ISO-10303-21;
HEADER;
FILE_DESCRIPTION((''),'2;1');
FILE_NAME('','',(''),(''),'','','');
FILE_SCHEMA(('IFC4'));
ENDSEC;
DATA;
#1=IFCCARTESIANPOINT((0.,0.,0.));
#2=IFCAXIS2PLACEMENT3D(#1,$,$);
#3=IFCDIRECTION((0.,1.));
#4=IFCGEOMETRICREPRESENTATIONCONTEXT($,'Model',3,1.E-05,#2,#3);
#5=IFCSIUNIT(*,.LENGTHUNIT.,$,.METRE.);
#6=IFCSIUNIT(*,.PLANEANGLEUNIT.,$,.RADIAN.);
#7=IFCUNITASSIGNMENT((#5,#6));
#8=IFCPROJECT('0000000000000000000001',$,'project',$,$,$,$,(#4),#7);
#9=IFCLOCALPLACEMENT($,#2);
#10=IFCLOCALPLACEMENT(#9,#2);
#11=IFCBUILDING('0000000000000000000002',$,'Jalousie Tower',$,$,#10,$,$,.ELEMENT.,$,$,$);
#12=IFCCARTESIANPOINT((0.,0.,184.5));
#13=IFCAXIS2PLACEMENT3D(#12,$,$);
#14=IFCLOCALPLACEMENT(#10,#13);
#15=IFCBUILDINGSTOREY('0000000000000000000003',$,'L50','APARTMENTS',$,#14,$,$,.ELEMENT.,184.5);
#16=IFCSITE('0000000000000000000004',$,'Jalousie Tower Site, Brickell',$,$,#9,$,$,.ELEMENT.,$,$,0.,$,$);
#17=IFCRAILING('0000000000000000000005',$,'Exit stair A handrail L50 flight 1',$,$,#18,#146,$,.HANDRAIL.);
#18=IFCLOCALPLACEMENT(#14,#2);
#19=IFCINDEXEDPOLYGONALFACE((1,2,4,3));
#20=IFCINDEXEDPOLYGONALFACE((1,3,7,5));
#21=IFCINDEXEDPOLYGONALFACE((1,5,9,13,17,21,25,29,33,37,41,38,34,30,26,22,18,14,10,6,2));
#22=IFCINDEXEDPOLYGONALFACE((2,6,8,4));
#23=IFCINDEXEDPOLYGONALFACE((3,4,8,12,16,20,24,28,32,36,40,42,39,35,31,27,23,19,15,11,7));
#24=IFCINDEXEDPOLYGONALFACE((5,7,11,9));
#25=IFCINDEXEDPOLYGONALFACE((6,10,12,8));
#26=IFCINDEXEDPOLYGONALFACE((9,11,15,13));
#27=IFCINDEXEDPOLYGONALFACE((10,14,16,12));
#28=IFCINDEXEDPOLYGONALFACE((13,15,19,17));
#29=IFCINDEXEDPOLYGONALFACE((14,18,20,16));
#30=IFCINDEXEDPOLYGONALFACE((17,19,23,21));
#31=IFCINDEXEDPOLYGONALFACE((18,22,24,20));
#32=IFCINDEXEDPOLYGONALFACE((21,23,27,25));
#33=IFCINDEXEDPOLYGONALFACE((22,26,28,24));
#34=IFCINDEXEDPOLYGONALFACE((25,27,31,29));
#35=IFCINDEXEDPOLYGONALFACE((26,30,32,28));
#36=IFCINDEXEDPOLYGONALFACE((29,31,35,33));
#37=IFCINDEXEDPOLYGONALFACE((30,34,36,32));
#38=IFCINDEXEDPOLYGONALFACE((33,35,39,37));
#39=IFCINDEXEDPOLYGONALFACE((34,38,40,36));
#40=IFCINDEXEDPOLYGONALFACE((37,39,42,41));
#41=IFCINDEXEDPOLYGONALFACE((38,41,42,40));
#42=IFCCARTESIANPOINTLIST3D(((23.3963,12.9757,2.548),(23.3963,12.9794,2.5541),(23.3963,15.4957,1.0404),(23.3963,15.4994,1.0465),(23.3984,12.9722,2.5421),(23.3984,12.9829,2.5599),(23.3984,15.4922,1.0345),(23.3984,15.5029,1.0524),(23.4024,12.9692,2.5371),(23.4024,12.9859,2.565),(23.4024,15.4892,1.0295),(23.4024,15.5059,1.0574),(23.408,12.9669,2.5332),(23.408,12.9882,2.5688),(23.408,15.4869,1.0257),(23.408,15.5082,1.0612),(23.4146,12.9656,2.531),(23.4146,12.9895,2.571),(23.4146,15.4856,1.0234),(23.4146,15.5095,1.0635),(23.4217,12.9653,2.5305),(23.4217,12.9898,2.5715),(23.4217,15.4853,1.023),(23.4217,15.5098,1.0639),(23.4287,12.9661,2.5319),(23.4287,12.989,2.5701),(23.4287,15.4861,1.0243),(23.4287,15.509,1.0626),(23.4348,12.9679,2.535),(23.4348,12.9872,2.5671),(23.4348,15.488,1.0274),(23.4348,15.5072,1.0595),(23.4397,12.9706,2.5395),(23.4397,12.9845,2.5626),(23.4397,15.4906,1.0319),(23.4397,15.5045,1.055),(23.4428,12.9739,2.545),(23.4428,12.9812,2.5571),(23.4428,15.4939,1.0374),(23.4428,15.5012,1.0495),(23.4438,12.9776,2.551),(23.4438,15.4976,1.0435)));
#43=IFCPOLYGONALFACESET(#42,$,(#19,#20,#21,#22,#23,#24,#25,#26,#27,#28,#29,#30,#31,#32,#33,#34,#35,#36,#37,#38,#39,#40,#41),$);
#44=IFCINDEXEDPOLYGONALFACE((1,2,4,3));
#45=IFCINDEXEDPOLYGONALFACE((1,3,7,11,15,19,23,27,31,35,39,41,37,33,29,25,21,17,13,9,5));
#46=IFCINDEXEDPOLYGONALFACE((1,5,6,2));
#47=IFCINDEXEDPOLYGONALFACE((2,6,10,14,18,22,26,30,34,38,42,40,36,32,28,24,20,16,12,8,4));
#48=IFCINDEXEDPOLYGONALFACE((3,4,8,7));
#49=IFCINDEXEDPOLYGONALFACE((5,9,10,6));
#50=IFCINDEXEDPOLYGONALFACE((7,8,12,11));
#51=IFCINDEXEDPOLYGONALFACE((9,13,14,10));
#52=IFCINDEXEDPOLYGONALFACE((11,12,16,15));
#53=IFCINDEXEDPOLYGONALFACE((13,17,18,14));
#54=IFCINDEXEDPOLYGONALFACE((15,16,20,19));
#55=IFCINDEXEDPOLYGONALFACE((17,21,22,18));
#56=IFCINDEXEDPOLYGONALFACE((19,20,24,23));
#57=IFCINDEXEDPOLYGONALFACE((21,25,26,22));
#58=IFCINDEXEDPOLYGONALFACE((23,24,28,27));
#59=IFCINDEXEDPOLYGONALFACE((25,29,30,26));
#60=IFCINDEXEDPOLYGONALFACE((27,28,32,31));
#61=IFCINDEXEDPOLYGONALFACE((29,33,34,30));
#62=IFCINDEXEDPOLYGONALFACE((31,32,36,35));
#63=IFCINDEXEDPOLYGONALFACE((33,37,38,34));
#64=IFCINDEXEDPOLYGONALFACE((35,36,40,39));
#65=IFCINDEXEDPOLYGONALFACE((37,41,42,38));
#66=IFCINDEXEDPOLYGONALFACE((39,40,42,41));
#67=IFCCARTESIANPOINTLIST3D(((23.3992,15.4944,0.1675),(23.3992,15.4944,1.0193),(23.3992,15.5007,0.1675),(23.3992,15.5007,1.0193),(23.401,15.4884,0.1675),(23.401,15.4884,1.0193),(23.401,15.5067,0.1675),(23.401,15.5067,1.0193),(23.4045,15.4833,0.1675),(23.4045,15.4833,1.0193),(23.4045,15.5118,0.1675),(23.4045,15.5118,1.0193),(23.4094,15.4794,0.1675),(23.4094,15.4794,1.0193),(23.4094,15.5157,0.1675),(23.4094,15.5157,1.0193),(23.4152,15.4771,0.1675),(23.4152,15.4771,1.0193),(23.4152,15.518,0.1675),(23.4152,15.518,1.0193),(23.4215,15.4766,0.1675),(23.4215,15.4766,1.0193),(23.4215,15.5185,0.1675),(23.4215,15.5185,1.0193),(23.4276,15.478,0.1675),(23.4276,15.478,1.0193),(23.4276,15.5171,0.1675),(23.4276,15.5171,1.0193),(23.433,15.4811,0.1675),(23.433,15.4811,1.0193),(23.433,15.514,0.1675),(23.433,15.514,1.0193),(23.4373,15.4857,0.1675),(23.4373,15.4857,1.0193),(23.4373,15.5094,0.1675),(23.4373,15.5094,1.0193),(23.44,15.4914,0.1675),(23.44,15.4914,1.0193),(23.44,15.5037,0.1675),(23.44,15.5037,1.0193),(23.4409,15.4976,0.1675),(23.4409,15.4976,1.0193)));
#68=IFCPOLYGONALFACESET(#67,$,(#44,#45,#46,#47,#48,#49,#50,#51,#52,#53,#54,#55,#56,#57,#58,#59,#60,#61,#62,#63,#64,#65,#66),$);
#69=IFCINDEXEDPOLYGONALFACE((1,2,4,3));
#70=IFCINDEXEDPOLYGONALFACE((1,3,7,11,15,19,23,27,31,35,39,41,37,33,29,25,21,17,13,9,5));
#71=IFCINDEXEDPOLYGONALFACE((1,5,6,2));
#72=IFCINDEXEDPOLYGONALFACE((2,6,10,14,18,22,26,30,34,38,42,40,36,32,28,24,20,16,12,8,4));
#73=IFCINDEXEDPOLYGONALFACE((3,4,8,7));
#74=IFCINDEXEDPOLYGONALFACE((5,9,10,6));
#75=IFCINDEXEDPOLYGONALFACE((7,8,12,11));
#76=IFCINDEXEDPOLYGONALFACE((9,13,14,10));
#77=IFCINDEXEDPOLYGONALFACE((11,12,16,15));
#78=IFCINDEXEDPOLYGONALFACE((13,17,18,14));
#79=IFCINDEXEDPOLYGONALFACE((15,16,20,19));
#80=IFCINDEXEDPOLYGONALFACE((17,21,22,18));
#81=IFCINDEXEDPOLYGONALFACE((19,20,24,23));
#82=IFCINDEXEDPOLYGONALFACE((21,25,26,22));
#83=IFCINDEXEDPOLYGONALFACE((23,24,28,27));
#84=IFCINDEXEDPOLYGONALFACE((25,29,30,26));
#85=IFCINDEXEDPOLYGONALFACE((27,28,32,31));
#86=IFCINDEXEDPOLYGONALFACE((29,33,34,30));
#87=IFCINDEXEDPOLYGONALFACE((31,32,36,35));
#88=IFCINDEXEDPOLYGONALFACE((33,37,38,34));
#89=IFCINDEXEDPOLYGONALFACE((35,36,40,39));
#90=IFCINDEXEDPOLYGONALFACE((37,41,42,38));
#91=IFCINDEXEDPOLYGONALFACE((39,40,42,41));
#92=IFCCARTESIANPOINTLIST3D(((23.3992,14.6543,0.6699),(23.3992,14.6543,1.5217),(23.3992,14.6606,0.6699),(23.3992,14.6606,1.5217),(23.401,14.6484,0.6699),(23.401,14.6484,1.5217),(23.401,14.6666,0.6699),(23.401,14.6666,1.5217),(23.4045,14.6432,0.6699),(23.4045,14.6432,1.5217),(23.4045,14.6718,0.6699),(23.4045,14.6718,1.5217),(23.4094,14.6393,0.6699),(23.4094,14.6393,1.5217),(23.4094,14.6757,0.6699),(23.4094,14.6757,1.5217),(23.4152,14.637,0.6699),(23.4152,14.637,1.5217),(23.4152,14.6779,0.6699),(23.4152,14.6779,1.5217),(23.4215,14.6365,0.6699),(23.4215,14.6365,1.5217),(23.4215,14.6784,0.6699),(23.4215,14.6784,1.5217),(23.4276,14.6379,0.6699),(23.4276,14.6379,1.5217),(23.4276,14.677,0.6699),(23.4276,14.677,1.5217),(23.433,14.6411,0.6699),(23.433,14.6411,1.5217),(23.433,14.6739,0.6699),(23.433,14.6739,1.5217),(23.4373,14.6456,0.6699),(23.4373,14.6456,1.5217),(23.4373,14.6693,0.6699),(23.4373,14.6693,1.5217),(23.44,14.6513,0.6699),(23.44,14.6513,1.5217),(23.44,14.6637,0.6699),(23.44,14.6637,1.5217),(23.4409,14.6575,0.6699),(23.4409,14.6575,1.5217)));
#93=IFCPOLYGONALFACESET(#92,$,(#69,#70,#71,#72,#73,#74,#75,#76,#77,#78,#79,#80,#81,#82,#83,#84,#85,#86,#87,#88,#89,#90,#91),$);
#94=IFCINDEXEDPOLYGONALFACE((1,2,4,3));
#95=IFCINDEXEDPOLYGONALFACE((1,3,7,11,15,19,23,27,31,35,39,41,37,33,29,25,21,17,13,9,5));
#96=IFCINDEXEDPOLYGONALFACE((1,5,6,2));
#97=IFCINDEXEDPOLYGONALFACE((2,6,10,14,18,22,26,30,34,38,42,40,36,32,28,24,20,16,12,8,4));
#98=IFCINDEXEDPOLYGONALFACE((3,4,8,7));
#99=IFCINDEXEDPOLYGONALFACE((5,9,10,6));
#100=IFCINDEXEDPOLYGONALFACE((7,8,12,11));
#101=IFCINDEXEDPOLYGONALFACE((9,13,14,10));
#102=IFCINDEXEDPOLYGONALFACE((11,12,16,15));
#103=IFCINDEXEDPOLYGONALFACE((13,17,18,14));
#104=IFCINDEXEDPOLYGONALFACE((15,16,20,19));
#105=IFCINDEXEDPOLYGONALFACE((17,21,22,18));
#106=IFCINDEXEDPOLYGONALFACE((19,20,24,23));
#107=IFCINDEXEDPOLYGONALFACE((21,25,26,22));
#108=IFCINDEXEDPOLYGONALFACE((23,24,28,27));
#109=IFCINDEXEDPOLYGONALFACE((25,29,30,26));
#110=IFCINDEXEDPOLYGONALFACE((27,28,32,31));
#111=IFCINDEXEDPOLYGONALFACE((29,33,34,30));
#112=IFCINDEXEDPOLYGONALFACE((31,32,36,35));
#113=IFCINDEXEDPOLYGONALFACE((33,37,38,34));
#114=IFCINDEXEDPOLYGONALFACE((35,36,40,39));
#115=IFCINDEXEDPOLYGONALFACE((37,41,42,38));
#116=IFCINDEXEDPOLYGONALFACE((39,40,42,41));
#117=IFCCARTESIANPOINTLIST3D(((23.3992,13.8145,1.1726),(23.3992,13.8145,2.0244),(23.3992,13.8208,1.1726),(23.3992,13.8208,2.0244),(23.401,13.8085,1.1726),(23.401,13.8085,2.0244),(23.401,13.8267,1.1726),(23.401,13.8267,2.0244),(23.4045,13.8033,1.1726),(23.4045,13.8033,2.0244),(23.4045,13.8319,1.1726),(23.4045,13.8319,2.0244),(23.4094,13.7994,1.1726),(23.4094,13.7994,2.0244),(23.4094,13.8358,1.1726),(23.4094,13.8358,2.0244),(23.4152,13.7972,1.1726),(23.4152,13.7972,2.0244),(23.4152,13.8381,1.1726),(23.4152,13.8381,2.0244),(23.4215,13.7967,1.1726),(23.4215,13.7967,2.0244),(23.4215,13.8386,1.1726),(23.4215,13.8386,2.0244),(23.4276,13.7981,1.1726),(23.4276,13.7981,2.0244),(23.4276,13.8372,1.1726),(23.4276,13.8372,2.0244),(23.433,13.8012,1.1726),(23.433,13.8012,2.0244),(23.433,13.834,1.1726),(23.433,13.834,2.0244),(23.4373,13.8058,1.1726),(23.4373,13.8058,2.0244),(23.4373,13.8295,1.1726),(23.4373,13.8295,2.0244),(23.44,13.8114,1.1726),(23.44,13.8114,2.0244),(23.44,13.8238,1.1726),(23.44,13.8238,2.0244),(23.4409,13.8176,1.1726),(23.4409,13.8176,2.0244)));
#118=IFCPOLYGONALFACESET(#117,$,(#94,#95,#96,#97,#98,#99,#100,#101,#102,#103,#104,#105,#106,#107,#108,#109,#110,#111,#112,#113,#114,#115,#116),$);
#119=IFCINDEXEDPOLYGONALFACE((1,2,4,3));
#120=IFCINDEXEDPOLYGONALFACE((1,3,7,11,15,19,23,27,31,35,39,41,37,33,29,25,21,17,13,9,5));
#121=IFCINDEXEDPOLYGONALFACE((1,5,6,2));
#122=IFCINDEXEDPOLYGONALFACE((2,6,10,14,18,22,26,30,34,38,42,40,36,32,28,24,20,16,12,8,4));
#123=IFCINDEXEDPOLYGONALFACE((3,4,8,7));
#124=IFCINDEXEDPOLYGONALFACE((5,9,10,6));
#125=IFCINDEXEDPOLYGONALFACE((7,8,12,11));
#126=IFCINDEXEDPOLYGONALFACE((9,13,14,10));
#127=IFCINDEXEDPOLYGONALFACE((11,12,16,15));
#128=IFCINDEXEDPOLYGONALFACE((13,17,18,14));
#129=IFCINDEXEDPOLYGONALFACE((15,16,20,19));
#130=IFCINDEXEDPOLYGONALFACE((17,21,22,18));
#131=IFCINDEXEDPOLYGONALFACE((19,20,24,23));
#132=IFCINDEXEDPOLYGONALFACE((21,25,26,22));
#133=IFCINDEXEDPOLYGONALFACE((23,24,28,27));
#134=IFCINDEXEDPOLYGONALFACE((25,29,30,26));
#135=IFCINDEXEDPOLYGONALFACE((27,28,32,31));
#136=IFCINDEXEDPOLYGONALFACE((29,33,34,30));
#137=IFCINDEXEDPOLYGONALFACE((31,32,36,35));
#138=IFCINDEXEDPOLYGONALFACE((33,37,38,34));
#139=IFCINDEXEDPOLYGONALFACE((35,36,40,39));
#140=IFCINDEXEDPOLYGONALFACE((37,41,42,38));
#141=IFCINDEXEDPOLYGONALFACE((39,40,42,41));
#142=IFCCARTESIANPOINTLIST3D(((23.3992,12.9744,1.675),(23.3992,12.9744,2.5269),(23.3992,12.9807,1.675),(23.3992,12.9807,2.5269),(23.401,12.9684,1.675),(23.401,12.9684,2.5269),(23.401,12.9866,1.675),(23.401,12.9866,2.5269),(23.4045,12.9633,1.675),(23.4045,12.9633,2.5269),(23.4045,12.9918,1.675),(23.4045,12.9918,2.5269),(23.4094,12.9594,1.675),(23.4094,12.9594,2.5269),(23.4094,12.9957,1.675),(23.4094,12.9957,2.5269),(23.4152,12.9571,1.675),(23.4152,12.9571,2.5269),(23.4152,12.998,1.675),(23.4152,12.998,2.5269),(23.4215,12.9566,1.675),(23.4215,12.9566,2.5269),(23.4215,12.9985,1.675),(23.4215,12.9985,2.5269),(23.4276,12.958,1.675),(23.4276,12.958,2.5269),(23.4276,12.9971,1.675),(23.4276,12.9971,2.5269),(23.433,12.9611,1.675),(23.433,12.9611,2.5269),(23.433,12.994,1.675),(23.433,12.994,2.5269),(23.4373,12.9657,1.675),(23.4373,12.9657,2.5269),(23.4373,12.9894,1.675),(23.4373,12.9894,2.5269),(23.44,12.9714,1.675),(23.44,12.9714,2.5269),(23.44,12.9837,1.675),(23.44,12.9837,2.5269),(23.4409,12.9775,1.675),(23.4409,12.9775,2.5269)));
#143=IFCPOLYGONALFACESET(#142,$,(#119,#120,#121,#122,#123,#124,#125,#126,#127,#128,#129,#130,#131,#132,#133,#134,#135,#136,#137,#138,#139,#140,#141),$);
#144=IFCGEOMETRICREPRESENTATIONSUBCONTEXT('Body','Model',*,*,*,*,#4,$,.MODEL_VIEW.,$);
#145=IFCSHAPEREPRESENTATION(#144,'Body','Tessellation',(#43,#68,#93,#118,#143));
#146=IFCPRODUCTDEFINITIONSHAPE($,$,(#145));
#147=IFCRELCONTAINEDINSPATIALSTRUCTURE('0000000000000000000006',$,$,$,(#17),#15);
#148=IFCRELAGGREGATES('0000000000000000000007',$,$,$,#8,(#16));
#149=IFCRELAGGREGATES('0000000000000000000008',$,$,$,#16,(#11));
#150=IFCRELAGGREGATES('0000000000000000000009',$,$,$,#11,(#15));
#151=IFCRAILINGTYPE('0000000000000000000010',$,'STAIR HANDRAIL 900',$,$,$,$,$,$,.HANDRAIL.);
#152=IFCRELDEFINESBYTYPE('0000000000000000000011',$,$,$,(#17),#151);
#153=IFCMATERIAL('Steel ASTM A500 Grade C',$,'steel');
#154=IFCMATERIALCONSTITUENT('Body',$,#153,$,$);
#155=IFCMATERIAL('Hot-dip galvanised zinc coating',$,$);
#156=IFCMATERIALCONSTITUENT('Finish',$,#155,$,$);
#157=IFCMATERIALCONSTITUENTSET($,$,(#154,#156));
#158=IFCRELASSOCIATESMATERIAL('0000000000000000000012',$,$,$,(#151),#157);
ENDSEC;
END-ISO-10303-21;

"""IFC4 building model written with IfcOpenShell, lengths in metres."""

from ifc_helpers import new_model, si_unit, direction, frame, origin, origin_2d, place, context, subcontext, project, spatial, circle, extrude, material, constituent, constituent_set, type_object, element, save


model = new_model("IFC4")

# Units and contexts
model_context = context("Model", 3, precision=1e-05, world=origin(), true_north=direction((0.0, 1.0)))
body_context = subcontext(model_context, "Body", "Model", "MODEL_VIEW")
ifc_project = project(units=[si_unit("LENGTHUNIT", "METRE"), si_unit("PLANEANGLEUNIT", "RADIAN")], contexts=[model_context])

# Site, building, storey
site_placement = place(None, origin())
site = spatial("IfcSite", under=ifc_project, at=site_placement, Name="Jalousie Tower Site, Brickell", CompositionType="ELEMENT", RefElevation=0.0)
building_placement = place(site_placement, origin())
building = spatial("IfcBuilding", under=site, at=building_placement, Name="Jalousie Tower", CompositionType="ELEMENT")
storey_placement = place(building_placement, frame((0.0, 0.0, 184.5)))
storey = spatial("IfcBuildingStorey", under=building, at=storey_placement, Name="L50", Description="APARTMENTS", CompositionType="ELEMENT", Elevation=184.5)

# Railing
ifc_material_1 = material(Name="Steel ASTM A500 Grade C", Category="steel")
ifc_constituent_1 = constituent(ifc_material_1, Name="Body")
ifc_material_2 = material(Name="Hot-dip galvanised zinc coating")
ifc_constituent_2 = constituent(ifc_material_2, Name="Finish")
ifc_constituent_set_1 = constituent_set(constituents=[ifc_constituent_1, ifc_constituent_2])
railing_type_1 = type_object("IfcRailingType", Name="STAIR HANDRAIL 900", PredefinedType="HANDRAIL", material=ifc_constituent_set_1)
railing_1_placement = place(storey_placement, frame((23.4199, 15.4976, 0.1675)))
element("IfcRailing", 1, at=railing_1_placement, inside=storey, type_object=railing_type_1, Name="Exit stair A handrail L50 flight 1", PredefinedType="HANDRAIL", context=body_context, shape_type="SweptSolid", body=[
    extrude(circle(Radius=0.0239, at=origin_2d()), frame((0.0, 0.0, 0.876), z_axis=(0.0, -0.85816, 0.513383), x_axis=(1.0, 0.0, 0.0)), (0.0, 0.0, 1.0), 2.9365),
    extrude(circle(Radius=0.021, at=origin_2d()), origin(), (0.0, 0.0, 1.0), 0.8518),
    extrude(circle(Radius=0.021, at=origin_2d()), frame((0.0, -0.8401, 0.5024)), (0.0, 0.0, 1.0), 0.8518),
    extrude(circle(Radius=0.021, at=origin_2d()), frame((0.0, -1.6799, 1.0051)), (0.0, 0.0, 1.0), 0.8518),
    extrude(circle(Radius=0.021, at=origin_2d()), frame((0.0, -2.52, 1.5076)), (0.0, 0.0, 1.0), 0.8518),
])

save(model, "model.ifc")
